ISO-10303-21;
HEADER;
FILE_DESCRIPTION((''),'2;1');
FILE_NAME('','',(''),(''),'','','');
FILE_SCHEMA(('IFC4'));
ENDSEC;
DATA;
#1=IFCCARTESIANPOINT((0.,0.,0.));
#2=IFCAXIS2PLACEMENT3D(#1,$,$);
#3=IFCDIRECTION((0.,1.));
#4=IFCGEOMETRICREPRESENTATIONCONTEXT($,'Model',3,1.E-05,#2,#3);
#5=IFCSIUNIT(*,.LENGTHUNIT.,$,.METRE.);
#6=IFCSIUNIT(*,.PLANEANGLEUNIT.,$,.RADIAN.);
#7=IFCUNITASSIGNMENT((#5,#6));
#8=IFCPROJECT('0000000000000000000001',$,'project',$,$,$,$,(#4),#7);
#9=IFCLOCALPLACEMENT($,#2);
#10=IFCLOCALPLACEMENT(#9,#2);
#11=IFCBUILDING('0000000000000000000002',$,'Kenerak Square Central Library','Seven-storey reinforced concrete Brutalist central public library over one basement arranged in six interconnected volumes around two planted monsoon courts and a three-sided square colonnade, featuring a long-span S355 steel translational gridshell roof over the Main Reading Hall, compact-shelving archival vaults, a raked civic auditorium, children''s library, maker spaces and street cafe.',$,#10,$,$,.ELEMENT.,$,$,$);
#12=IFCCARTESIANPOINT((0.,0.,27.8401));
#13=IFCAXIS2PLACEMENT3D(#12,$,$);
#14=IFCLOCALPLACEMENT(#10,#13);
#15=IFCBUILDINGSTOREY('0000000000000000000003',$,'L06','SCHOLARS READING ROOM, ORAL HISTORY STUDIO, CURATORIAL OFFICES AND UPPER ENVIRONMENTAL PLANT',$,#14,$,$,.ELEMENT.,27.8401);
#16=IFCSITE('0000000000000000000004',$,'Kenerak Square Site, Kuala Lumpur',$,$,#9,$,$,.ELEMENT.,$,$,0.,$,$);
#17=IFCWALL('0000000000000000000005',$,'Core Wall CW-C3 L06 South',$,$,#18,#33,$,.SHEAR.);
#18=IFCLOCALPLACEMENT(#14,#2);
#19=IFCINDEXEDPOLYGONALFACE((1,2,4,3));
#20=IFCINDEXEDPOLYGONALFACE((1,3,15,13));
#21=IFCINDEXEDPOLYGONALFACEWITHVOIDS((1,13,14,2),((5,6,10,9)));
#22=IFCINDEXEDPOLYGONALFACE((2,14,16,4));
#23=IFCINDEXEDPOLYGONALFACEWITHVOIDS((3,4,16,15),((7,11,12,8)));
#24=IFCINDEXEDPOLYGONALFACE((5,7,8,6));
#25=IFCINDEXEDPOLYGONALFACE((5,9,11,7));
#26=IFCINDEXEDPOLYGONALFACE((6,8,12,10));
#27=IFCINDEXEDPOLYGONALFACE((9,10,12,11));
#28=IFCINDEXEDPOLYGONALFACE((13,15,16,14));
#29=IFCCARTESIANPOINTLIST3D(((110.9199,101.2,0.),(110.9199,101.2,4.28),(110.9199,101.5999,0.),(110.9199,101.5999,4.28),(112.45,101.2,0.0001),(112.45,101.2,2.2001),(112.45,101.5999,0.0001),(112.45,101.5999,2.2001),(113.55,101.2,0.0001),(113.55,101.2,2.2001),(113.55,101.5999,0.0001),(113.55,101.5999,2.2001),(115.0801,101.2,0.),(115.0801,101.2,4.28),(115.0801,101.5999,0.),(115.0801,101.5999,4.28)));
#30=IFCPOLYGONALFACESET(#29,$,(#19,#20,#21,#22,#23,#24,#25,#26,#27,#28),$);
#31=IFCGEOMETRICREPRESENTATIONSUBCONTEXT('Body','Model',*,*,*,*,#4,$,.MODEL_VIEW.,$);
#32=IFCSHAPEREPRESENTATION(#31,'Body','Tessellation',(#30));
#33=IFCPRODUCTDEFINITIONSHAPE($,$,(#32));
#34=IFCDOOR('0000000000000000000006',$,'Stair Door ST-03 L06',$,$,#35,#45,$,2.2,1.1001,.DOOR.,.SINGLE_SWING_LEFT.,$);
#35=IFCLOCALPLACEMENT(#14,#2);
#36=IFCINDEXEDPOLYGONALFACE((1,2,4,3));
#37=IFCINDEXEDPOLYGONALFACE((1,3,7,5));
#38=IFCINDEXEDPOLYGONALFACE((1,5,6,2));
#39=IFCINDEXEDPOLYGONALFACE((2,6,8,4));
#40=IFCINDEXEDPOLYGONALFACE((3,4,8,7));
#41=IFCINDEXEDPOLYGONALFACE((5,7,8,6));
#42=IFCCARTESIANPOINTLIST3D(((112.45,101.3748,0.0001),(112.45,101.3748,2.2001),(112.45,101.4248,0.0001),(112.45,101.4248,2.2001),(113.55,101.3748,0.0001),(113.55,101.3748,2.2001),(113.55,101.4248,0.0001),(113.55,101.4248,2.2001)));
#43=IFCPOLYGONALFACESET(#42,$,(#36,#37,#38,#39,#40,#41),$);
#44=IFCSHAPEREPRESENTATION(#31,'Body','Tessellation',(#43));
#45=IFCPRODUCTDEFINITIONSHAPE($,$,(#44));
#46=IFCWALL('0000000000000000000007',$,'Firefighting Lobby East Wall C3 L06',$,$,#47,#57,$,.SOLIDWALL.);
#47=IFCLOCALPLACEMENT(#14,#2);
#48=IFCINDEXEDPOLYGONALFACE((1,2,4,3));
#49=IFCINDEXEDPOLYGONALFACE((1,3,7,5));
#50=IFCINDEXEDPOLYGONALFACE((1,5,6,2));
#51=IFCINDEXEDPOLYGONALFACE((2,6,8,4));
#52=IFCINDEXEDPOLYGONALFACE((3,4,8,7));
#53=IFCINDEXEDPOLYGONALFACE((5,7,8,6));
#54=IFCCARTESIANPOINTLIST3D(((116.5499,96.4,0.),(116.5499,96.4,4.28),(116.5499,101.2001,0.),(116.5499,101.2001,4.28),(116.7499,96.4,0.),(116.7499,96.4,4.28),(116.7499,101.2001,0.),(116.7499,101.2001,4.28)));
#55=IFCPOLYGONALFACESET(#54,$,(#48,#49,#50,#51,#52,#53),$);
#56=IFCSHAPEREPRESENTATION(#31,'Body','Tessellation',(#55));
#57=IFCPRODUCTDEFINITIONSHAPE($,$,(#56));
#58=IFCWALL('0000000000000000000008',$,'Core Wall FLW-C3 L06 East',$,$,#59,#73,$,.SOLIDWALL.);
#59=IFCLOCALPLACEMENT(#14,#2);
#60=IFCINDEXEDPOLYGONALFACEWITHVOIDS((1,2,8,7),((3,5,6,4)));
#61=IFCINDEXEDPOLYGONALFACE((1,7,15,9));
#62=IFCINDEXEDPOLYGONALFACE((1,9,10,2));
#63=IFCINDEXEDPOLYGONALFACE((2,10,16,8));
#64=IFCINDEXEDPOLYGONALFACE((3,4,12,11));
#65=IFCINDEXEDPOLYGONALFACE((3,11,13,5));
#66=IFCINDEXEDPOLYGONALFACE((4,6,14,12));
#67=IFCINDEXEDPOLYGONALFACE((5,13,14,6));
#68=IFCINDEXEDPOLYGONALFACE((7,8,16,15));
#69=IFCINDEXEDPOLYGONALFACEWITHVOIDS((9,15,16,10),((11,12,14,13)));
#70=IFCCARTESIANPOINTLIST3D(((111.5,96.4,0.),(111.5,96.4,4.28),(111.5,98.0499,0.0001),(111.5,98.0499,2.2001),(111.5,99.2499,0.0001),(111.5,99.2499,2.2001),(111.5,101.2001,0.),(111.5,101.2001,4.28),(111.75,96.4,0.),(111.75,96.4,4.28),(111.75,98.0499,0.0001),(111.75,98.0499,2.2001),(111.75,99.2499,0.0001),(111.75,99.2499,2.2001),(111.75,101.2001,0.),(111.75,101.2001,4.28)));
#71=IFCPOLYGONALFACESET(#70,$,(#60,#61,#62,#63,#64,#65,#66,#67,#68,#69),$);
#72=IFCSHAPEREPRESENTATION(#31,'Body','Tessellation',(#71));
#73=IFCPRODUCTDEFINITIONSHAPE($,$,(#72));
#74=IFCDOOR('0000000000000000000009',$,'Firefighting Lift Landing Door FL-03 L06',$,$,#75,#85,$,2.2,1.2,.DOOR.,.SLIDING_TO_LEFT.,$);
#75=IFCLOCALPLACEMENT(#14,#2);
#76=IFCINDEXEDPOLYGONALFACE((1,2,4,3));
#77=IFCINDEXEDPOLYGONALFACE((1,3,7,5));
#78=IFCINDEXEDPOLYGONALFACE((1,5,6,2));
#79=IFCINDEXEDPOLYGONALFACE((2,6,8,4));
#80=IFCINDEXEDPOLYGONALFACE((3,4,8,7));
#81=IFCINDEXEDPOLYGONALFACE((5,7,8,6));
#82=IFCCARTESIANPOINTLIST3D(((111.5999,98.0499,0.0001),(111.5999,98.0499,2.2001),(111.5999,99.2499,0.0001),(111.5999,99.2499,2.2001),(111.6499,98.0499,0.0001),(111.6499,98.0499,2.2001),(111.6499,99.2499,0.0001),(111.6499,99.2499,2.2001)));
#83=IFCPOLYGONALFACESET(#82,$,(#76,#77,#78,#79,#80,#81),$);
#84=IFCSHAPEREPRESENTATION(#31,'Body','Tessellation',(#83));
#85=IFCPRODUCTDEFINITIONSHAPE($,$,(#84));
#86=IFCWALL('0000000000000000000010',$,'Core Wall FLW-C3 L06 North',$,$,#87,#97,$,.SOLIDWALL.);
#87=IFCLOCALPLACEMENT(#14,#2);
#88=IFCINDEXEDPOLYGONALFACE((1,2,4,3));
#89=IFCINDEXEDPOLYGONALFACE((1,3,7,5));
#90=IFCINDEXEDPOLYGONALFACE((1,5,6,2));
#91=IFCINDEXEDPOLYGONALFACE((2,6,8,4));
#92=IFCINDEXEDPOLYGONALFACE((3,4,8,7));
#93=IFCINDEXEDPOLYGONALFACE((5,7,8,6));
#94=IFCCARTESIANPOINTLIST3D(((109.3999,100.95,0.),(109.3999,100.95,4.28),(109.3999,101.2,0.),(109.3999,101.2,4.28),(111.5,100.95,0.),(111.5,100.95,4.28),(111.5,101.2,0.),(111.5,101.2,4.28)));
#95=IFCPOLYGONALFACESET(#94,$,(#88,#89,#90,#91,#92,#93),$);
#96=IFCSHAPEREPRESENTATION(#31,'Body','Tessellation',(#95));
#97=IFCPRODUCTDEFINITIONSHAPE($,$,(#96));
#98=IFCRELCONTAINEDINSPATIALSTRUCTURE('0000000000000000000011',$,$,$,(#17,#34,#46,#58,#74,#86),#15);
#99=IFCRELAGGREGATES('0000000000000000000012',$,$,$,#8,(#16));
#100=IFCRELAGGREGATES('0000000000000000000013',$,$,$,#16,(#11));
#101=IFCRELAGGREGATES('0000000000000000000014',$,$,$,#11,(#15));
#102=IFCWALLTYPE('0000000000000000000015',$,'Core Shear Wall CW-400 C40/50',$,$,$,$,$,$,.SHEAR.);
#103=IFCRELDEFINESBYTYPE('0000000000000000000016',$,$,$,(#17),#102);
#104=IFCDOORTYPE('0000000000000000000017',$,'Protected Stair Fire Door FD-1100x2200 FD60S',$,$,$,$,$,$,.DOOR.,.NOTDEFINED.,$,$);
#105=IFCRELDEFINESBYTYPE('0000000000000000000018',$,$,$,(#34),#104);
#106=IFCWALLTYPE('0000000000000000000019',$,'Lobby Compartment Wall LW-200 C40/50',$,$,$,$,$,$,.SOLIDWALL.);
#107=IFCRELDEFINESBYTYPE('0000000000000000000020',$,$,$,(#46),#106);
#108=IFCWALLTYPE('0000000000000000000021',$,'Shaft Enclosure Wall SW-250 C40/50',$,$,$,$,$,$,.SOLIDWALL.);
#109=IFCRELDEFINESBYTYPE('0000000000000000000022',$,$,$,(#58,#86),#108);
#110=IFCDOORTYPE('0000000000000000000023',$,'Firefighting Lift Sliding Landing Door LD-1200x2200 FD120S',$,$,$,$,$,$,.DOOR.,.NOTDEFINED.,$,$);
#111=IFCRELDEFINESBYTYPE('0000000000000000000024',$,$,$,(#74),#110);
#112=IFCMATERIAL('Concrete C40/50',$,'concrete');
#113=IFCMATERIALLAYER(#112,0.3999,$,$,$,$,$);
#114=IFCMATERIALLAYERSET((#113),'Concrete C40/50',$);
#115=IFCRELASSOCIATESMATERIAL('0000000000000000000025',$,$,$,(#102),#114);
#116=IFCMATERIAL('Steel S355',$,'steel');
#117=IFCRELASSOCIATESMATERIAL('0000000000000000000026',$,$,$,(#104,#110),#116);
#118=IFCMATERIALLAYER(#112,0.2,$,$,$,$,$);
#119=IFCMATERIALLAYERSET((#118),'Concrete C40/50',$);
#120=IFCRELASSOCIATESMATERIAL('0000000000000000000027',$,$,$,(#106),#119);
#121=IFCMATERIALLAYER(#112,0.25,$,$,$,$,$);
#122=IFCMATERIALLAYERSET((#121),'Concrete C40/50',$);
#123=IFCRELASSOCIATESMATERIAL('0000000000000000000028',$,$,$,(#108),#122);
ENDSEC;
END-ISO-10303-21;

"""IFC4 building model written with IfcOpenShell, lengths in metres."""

from ifc_helpers import new_model, si_unit, direction, frame, frame_2d, origin, place, context, subcontext, project, spatial, rectangle, extrude, material, layer, layer_set, type_object, element, fill, save


model = new_model("IFC4")

# Units and contexts
model_context = context("Model", 3, precision=1e-05, world=origin(), true_north=direction((0.0, 1.0)))
body_context = subcontext(model_context, "Body", "Model", "MODEL_VIEW")
ifc_project = project(units=[si_unit("LENGTHUNIT", "METRE"), si_unit("PLANEANGLEUNIT", "RADIAN")], contexts=[model_context])

# Site, building, storey
site_placement = place(None, origin())
site = spatial("IfcSite", under=ifc_project, at=site_placement, Name="Kenerak Square Site, Kuala Lumpur", CompositionType="ELEMENT", RefElevation=0.0)
building_placement = place(site_placement, origin())
building = spatial("IfcBuilding", under=site, at=building_placement, Name="Kenerak Square Central Library", Description="Seven-storey reinforced concrete Brutalist central public library over one basement arranged in six interconnected volumes around two planted monsoon courts and a three-sided square colonnade, featuring a long-span S355 steel translational gridshell roof over the Main Reading Hall, compact-shelving archival vaults, a raked civic auditorium, children's library, maker spaces and street cafe.", CompositionType="ELEMENT")
storey_placement = place(building_placement, frame((0.0, 0.0, 27.8401)))
storey = spatial("IfcBuildingStorey", under=building, at=storey_placement, Name="L06", Description="SCHOLARS READING ROOM, ORAL HISTORY STUDIO, CURATORIAL OFFICES AND UPPER ENVIRONMENTAL PLANT", CompositionType="ELEMENT", Elevation=27.8401)

# Shared definitions
ifc_material_1 = material(Name="Concrete C40/50", Category="concrete")

# Shared definitions
ifc_material_2 = material(Name="Steel S355", Category="steel")

# Shared definitions
ifc_layer_1 = layer(ifc_material_1, 0.3999)
ifc_layer_set_1 = layer_set([ifc_layer_1], Name="Concrete C40/50")
wall_type_1 = type_object("IfcWallType", Name="Core Shear Wall CW-400 C40/50", PredefinedType="SHEAR", material=ifc_layer_set_1)

# Wall, opening, door
wall_1_placement = place(storey_placement, frame((115.0801, 101.3999, 0.0), z_axis=(0.0, 0.0, 1.0), x_axis=(-1.0, 0.0, 0.0)))
wall_1 = element("IfcWall", 1, at=wall_1_placement, inside=storey, type_object=wall_type_1, Name="Core Wall CW-C3 L06 South", PredefinedType="SHEAR", context=body_context, shape_type="SweptSolid", body=[
    extrude(rectangle(XDim=4.1602, YDim=0.3999, at=frame_2d((2.0801, 0.0))), origin(), (0.0, 0.0, 1.0), 4.28),
])
opening_1_placement = place(wall_1_placement, frame((1.53, 0.0, 0.0)))
opening_1 = element("IfcOpeningElement", 2, at=opening_1_placement, cuts=wall_1, PredefinedType="OPENING", context=body_context, shape_type="SweptSolid", body=[
    extrude(rectangle(XDim=1.1001, YDim=2.2, at=frame_2d((0.55, 1.1001))), frame((0.0, 0.21, 0.0), z_axis=(0.0, -1.0, 0.0), x_axis=(1.0, 0.0, 0.0)), (0.0, 0.0, 1.0), 0.4199),
])
door_type_1 = type_object("IfcDoorType", Name="Protected Stair Fire Door FD-1100x2200 FD60S", OperationType="NOTDEFINED", PredefinedType="DOOR", material=ifc_material_2)
door_1_placement = place(opening_1_placement, frame((1.1001, 0.0, 0.0), z_axis=(0.0, 0.0, 1.0), x_axis=(-1.0, 0.0, 0.0)))
door_1 = element("IfcDoor", 3, at=door_1_placement, inside=storey, type_object=door_type_1, Name="Stair Door ST-03 L06", OperationType="SINGLE_SWING_LEFT", OverallHeight=2.2, OverallWidth=1.1001, PredefinedType="DOOR", context=body_context, shape_type="SweptSolid", body=[
    extrude(rectangle(XDim=1.1001, YDim=2.2, at=frame_2d((0.55, 1.1001))), frame((0.0, 0.0249, 0.0), z_axis=(0.0, -1.0, 0.0), x_axis=(1.0, 0.0, 0.0)), (0.0, 0.0, 1.0), 0.05),
])
fill(opening_1, door_1)

# Wall
ifc_layer_2 = layer(ifc_material_1, 0.2)
ifc_layer_set_2 = layer_set([ifc_layer_2], Name="Concrete C40/50")
wall_type_2 = type_object("IfcWallType", Name="Lobby Compartment Wall LW-200 C40/50", PredefinedType="SOLIDWALL", material=ifc_layer_set_2)
wall_2_placement = place(storey_placement, frame((116.6499, 101.2, 0.0), z_axis=(0.0, 0.0, 1.0), x_axis=(0.0, -1.0, 0.0)))
element("IfcWall", 4, at=wall_2_placement, inside=storey, type_object=wall_type_2, Name="Firefighting Lobby East Wall C3 L06", PredefinedType="SOLIDWALL", context=body_context, shape_type="SweptSolid", body=[
    extrude(rectangle(XDim=4.8, YDim=0.2, at=frame_2d((2.3999, 0.0))), origin(), (0.0, 0.0, 1.0), 4.28),
])

# Wall, opening, door
ifc_layer_3 = layer(ifc_material_1, 0.25)
ifc_layer_set_3 = layer_set([ifc_layer_3], Name="Concrete C40/50")
wall_type_3 = type_object("IfcWallType", Name="Shaft Enclosure Wall SW-250 C40/50", PredefinedType="SOLIDWALL", material=ifc_layer_set_3)
wall_3_placement = place(storey_placement, frame((111.625, 101.2, 0.0), z_axis=(0.0, 0.0, 1.0), x_axis=(0.0, -1.0, 0.0)))
wall_3 = element("IfcWall", 5, at=wall_3_placement, inside=storey, type_object=wall_type_3, Name="Core Wall FLW-C3 L06 East", PredefinedType="SOLIDWALL", context=body_context, shape_type="SweptSolid", body=[
    extrude(rectangle(XDim=4.8, YDim=0.25, at=frame_2d((2.3999, 0.0))), origin(), (0.0, 0.0, 1.0), 4.28),
])
opening_2_placement = place(wall_3_placement, frame((1.95, 0.0, 0.0)))
opening_2 = element("IfcOpeningElement", 6, at=opening_2_placement, cuts=wall_3, PredefinedType="OPENING", context=body_context, shape_type="SweptSolid", body=[
    extrude(rectangle(XDim=1.2, YDim=2.2, at=frame_2d((0.6001, 1.1001))), frame((0.0, 0.135, 0.0), z_axis=(0.0, -1.0, 0.0), x_axis=(1.0, 0.0, 0.0)), (0.0, 0.0, 1.0), 0.27),
])
door_type_2 = type_object("IfcDoorType", Name="Firefighting Lift Sliding Landing Door LD-1200x2200 FD120S", OperationType="NOTDEFINED", PredefinedType="DOOR", material=ifc_material_2)
door_2_placement = place(opening_2_placement, origin())
door_2 = element("IfcDoor", 7, at=door_2_placement, inside=storey, type_object=door_type_2, Name="Firefighting Lift Landing Door FL-03 L06", OperationType="SLIDING_TO_LEFT", OverallHeight=2.2, OverallWidth=1.2, PredefinedType="DOOR", context=body_context, shape_type="SweptSolid", body=[
    extrude(rectangle(XDim=1.2, YDim=2.2, at=frame_2d((0.6001, 1.1001))), frame((0.0, 0.0249, 0.0), z_axis=(0.0, -1.0, 0.0), x_axis=(1.0, 0.0, 0.0)), (0.0, 0.0, 1.0), 0.05),
])
fill(opening_2, door_2)

# Wall
wall_4_placement = place(storey_placement, frame((109.3999, 101.075, 0.0), z_axis=(0.0, 0.0, 1.0), x_axis=(1.0, 0.0, 0.0)))
element("IfcWall", 8, at=wall_4_placement, inside=storey, type_object=wall_type_3, Name="Core Wall FLW-C3 L06 North", PredefinedType="SOLIDWALL", context=body_context, shape_type="SweptSolid", body=[
    extrude(rectangle(XDim=2.1001, YDim=0.25, at=frame_2d((1.05, 0.0))), origin(), (0.0, 0.0, 1.0), 4.28),
])

save(model, "model.ifc")
